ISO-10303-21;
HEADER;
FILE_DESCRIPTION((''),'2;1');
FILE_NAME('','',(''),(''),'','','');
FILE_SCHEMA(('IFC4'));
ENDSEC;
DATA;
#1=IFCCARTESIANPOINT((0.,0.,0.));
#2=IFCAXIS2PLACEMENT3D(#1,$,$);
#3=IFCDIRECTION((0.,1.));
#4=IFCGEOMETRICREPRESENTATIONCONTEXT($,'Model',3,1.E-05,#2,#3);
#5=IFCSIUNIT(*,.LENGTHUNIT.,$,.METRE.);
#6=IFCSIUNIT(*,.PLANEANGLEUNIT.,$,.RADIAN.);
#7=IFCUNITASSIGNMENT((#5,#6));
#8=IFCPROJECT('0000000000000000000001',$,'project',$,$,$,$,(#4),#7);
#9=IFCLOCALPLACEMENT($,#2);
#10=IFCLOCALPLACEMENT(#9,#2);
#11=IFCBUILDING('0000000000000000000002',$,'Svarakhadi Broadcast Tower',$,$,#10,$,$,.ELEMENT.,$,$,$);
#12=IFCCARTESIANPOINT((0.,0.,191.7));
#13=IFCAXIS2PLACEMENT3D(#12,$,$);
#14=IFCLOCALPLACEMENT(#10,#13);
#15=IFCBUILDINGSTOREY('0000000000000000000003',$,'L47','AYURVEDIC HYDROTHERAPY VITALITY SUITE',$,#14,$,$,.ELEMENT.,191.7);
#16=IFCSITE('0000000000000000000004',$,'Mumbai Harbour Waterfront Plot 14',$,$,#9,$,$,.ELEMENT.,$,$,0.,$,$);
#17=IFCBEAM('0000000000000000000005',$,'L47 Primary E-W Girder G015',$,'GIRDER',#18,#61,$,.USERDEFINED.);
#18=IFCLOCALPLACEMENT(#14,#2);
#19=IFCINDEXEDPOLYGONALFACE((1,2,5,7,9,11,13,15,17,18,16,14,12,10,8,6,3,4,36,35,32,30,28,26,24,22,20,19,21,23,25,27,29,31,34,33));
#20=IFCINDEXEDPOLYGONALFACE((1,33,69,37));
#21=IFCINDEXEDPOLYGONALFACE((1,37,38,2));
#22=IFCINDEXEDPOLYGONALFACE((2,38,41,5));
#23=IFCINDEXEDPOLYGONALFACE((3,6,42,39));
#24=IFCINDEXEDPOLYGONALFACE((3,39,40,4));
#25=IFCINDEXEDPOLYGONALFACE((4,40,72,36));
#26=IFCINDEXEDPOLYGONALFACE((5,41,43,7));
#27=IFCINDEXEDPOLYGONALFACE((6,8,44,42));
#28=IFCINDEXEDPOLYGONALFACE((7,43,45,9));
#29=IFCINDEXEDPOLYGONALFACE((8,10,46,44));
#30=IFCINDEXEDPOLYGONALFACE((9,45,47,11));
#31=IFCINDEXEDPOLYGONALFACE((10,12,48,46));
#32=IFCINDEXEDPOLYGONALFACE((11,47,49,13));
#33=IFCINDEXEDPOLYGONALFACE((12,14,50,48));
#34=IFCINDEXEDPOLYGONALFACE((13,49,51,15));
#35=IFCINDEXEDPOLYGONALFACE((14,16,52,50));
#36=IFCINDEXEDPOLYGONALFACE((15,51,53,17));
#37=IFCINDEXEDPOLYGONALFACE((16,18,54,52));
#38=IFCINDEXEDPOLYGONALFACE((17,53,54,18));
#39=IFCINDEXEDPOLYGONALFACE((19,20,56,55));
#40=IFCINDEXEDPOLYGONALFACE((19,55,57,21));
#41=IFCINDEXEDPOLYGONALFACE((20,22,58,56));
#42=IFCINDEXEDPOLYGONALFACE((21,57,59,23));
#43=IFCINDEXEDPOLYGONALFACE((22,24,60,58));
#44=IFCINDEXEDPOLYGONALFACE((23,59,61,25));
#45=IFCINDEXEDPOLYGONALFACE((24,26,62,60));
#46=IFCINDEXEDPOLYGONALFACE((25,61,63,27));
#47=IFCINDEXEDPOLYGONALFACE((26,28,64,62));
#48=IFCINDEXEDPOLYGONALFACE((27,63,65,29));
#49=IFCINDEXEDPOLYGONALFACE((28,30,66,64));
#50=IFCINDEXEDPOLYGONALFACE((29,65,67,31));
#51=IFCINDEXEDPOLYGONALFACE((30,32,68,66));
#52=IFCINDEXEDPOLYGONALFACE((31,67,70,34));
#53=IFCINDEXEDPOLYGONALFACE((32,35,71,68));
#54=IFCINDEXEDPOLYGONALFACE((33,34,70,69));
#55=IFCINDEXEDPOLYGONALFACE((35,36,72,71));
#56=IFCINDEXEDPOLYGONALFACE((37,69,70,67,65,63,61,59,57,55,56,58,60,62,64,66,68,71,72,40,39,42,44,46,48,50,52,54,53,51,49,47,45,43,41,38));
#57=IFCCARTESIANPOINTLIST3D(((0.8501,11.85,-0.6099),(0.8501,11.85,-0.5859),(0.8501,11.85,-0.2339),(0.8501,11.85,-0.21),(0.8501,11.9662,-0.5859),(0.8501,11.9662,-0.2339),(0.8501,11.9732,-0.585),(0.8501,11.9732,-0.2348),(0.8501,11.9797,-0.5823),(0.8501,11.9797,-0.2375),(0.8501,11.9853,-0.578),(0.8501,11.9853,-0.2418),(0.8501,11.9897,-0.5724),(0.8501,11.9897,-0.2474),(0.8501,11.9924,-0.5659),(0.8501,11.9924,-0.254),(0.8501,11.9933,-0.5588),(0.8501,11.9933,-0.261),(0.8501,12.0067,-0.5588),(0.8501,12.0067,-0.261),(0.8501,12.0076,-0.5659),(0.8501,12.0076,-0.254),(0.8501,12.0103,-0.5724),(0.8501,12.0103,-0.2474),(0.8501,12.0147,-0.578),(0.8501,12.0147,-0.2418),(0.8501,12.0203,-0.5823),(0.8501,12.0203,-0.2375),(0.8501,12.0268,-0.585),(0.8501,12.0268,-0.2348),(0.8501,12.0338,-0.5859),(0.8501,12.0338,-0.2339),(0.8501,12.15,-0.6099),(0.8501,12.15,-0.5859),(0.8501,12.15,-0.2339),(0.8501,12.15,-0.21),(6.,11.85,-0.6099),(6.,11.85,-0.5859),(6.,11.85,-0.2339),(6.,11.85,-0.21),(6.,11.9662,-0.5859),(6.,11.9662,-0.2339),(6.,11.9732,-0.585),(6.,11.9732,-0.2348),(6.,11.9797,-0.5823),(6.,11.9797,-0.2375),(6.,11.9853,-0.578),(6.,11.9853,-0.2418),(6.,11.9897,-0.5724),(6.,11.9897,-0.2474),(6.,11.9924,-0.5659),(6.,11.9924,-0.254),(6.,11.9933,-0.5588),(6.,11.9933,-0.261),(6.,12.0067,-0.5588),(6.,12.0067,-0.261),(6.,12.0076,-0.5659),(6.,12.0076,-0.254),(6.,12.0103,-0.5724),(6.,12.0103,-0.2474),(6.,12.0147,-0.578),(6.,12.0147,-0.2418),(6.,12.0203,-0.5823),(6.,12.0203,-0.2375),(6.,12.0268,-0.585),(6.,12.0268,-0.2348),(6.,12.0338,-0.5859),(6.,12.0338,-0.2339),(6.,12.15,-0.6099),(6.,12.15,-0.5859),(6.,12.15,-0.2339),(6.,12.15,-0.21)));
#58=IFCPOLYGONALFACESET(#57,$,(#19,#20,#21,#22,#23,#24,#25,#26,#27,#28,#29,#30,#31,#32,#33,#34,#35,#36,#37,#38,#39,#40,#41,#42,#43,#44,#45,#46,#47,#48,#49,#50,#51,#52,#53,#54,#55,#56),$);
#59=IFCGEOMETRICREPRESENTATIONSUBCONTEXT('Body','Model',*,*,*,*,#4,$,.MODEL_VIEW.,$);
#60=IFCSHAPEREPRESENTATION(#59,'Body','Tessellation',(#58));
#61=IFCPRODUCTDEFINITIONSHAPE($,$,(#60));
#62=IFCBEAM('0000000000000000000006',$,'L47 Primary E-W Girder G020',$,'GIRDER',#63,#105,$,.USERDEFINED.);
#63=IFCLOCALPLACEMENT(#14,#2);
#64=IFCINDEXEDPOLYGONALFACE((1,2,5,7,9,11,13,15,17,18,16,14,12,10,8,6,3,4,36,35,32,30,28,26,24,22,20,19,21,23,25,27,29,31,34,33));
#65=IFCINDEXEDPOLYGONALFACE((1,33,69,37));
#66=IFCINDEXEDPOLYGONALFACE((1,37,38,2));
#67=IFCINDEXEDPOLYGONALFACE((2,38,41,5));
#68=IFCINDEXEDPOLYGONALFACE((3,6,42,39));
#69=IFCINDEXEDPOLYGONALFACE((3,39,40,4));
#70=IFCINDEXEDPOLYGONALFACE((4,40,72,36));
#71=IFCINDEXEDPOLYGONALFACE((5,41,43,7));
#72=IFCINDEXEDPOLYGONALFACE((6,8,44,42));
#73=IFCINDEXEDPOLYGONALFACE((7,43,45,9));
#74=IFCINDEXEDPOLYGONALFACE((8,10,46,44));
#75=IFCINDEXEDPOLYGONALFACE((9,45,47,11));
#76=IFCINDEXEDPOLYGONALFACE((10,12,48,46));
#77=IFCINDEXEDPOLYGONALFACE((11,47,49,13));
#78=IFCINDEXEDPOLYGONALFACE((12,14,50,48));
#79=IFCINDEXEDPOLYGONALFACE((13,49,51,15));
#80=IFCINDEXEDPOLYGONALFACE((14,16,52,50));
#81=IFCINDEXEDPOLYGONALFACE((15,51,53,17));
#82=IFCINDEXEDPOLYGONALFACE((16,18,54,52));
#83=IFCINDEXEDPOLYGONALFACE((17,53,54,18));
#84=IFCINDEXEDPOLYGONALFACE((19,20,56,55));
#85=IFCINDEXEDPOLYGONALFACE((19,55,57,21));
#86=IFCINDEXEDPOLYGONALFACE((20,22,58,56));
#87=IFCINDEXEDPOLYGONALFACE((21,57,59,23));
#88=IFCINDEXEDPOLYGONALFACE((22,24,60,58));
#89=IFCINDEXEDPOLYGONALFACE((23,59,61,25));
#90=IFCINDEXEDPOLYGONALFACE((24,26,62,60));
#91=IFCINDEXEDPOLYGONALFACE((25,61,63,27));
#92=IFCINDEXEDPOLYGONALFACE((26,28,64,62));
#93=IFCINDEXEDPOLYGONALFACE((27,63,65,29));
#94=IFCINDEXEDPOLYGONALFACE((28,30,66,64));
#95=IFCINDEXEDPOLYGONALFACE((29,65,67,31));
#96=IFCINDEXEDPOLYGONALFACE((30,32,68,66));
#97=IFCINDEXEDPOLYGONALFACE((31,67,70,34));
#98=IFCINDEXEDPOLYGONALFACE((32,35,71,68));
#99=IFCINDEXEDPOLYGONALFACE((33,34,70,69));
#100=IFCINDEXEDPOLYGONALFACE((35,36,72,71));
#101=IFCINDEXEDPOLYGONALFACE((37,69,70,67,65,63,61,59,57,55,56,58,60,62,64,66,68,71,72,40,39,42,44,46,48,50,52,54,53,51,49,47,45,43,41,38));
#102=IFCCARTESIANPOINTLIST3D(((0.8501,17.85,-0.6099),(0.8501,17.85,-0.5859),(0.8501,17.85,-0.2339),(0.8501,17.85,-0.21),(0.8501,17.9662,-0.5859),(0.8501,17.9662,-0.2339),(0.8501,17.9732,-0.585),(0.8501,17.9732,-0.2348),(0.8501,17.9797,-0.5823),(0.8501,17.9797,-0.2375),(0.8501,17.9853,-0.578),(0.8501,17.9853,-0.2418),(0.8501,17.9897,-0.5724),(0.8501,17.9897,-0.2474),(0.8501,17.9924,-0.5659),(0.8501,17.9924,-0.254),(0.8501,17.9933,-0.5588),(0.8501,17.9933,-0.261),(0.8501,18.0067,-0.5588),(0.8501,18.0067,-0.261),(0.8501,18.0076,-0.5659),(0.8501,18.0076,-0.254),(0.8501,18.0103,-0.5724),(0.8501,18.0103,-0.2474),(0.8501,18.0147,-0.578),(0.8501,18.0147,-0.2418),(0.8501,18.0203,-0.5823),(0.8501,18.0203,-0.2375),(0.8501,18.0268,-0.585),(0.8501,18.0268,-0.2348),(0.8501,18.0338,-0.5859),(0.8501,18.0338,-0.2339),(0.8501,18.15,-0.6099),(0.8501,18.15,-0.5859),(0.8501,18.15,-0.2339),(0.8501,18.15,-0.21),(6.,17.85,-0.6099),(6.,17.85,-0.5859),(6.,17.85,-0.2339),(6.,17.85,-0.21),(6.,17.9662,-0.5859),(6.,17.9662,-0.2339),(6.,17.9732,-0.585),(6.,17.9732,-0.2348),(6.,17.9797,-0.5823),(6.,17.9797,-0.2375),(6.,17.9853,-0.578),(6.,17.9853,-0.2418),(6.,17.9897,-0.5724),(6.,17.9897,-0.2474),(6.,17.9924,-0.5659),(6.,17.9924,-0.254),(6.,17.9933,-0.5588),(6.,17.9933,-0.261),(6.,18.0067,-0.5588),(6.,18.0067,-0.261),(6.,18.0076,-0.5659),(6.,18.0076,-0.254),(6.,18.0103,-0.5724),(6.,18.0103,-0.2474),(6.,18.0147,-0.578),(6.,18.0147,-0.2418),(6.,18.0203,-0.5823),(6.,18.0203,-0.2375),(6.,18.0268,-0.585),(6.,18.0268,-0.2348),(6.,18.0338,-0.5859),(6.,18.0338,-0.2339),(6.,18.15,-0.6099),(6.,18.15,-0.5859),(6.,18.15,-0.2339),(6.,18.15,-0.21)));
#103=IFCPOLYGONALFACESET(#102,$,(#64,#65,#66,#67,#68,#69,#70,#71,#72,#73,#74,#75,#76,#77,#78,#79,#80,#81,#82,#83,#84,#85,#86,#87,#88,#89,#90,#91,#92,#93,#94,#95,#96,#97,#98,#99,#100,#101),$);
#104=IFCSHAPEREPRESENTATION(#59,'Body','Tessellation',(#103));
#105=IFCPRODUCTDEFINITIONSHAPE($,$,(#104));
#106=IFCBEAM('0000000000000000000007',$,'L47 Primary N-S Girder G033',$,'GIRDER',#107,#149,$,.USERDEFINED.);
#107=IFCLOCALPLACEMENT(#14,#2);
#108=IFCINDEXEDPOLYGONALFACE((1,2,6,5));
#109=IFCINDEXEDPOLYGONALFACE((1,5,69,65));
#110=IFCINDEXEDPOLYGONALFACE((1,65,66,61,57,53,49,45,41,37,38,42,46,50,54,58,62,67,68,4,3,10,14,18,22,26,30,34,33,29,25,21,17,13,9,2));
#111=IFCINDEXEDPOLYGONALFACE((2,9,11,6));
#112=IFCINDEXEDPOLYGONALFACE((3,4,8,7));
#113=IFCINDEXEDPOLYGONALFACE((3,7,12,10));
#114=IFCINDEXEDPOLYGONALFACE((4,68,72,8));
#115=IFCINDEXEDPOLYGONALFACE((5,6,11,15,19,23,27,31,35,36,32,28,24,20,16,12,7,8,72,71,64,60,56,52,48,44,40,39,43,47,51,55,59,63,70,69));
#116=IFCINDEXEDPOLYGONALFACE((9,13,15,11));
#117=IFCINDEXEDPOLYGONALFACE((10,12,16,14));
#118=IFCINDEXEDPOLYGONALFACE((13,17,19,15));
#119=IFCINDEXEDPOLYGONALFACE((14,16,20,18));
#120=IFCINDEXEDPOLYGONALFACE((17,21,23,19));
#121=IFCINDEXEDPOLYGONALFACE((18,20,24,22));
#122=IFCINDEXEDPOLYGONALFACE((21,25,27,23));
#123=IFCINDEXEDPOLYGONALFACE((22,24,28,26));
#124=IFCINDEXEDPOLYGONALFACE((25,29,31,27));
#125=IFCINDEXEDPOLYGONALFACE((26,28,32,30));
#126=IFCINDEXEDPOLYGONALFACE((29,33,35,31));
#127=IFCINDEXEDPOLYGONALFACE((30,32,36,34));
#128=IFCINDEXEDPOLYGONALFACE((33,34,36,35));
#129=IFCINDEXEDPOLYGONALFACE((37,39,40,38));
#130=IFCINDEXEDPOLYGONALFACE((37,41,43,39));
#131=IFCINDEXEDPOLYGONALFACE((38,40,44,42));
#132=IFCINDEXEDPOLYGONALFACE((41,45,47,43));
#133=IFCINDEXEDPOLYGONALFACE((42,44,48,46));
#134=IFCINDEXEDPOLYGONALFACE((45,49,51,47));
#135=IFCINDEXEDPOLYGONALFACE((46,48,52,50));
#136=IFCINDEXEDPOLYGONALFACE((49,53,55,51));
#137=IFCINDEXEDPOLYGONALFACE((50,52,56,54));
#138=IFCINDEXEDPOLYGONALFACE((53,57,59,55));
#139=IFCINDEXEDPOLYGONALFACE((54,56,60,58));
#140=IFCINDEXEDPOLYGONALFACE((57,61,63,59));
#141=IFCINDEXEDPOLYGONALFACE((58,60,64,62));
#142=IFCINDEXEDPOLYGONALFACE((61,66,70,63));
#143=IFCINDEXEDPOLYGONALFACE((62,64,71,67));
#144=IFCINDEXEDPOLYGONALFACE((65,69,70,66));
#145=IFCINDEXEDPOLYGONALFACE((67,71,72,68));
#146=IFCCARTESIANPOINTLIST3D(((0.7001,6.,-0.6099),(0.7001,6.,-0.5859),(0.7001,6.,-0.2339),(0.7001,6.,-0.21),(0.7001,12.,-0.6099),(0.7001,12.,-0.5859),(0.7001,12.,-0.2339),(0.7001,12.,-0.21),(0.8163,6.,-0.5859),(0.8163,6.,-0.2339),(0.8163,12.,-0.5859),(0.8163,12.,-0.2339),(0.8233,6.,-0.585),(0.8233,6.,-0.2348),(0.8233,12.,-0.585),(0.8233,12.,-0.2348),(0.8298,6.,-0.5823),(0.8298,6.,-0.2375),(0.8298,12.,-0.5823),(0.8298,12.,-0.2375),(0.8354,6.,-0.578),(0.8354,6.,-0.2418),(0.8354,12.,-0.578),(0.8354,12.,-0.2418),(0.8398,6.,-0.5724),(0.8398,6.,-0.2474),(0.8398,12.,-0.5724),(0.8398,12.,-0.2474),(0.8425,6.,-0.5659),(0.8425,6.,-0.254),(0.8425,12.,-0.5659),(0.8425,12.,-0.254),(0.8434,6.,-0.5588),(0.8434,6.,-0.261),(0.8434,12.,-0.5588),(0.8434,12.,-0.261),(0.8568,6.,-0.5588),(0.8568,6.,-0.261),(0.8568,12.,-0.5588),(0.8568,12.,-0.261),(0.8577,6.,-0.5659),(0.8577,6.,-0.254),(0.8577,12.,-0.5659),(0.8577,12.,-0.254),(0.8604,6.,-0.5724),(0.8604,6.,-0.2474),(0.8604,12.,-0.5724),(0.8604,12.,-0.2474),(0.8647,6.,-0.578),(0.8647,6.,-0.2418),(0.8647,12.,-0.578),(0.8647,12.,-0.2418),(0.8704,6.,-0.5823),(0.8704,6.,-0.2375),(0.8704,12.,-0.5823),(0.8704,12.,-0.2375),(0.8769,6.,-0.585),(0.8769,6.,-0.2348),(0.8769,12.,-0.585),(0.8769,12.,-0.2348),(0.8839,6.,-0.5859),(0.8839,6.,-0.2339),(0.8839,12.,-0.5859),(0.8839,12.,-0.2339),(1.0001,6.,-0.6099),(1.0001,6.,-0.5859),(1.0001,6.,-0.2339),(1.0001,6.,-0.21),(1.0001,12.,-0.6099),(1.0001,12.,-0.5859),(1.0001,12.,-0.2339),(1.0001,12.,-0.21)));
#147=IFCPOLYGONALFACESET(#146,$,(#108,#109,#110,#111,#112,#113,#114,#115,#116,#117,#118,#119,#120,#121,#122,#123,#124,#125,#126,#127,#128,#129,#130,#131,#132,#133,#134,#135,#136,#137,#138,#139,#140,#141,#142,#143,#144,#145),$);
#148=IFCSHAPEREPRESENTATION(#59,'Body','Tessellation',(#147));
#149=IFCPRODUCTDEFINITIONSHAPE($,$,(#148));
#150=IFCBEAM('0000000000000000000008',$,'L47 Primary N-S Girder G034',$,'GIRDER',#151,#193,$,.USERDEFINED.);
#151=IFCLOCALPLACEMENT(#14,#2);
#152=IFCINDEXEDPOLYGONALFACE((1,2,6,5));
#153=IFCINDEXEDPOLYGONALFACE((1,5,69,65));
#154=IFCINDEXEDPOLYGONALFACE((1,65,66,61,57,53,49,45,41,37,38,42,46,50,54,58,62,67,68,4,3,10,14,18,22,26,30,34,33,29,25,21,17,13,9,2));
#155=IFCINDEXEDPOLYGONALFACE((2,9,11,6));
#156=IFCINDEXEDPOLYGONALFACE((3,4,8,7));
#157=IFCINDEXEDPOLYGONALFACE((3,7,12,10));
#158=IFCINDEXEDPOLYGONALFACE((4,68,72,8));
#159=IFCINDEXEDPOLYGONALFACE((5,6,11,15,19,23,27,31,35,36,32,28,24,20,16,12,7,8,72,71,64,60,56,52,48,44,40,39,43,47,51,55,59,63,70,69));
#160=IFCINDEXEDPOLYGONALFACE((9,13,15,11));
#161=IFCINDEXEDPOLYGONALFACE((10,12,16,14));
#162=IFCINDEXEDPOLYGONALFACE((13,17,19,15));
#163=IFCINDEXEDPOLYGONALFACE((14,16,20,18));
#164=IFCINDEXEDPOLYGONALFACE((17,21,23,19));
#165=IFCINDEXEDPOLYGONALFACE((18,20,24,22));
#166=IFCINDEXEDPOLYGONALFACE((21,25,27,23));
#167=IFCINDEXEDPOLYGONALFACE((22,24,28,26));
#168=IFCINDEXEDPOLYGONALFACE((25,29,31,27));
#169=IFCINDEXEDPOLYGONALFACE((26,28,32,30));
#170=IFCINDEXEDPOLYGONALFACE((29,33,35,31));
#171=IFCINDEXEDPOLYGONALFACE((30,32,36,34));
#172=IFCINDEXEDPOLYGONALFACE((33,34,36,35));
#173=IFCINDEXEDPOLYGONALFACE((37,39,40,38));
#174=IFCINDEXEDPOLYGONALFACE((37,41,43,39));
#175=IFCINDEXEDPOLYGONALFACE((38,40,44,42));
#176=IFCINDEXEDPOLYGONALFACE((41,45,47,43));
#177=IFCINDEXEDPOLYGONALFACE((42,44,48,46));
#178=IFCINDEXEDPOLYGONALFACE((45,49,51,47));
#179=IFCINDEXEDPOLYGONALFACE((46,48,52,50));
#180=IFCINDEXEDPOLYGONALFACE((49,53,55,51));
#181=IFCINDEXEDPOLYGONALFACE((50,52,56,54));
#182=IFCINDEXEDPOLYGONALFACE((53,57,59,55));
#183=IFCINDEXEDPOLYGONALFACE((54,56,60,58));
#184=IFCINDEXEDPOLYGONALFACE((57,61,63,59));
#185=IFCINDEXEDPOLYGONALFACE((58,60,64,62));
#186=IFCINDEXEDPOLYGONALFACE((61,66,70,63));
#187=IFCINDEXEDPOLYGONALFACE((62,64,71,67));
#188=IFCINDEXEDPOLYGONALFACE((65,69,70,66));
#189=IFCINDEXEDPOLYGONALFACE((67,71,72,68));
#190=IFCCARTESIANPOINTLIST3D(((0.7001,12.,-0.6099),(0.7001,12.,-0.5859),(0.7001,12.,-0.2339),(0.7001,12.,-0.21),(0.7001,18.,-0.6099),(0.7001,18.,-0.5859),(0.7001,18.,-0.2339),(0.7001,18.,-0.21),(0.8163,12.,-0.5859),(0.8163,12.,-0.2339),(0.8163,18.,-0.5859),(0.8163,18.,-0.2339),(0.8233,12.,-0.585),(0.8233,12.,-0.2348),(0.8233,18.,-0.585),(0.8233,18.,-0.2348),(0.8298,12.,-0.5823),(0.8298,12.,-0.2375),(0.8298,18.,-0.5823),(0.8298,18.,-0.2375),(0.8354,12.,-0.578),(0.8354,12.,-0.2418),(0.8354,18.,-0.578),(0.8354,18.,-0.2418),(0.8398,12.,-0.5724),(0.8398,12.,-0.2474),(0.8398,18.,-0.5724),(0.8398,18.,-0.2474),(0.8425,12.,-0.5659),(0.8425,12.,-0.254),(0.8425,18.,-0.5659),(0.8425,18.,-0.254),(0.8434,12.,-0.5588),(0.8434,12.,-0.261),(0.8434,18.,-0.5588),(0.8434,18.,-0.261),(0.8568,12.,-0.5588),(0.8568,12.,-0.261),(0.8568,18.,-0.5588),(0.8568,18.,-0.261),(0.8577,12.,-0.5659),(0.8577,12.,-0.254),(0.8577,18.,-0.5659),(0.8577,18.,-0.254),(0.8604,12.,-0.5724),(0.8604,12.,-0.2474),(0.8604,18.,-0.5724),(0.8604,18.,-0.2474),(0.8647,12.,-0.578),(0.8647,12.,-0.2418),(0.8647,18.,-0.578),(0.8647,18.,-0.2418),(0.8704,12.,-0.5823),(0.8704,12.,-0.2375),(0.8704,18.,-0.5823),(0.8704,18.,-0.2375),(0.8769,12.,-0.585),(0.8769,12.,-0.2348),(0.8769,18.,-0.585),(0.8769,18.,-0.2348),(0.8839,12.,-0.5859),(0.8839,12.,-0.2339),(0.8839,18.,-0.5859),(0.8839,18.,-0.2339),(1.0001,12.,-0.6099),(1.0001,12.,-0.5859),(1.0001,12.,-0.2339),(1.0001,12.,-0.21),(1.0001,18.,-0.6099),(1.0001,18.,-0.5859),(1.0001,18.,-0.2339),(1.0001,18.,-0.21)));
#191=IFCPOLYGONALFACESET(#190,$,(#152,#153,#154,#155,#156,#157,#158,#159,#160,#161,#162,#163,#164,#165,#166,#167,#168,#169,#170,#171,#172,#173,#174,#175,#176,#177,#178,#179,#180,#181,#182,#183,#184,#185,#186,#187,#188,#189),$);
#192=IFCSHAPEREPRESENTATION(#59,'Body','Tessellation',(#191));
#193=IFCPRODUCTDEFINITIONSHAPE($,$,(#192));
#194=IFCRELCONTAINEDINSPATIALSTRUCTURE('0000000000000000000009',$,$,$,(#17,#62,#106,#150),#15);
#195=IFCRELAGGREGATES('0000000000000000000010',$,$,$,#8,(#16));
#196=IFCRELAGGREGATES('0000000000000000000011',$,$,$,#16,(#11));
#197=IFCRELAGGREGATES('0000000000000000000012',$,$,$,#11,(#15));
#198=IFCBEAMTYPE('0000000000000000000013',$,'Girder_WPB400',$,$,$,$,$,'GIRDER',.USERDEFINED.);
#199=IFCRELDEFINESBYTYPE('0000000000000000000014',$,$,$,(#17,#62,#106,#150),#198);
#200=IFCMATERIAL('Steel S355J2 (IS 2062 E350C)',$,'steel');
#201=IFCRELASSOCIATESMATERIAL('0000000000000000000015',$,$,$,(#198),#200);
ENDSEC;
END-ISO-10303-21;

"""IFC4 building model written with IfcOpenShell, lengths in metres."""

from ifc_helpers import new_model, si_unit, direction, frame, origin, origin_2d, place, context, subcontext, project, spatial, i_section, extrude, material, material_profile, profile_set, type_object, element, save


model = new_model("IFC4")

# Units and contexts
model_context = context("Model", 3, precision=1e-05, world=origin(), true_north=direction((0.0, 1.0)))
body_context = subcontext(model_context, "Body", "Model", "MODEL_VIEW")
ifc_project = project(units=[si_unit("LENGTHUNIT", "METRE"), si_unit("PLANEANGLEUNIT", "RADIAN")], contexts=[model_context])

# Site, building, storey
site_placement = place(None, origin())
site = spatial("IfcSite", under=ifc_project, at=site_placement, Name="Mumbai Harbour Waterfront Plot 14", CompositionType="ELEMENT", RefElevation=0.0)
building_placement = place(site_placement, origin())
building = spatial("IfcBuilding", under=site, at=building_placement, Name="Svarakhadi Broadcast Tower", CompositionType="ELEMENT")
storey_placement = place(building_placement, frame((0.0, 0.0, 191.7)))
storey = spatial("IfcBuildingStorey", under=building, at=storey_placement, Name="L47", Description="AYURVEDIC HYDROTHERAPY VITALITY SUITE", CompositionType="ELEMENT", Elevation=191.7)

# Shared definitions
ifc_material_1 = material(Name="Steel S355J2 (IS 2062 E350C)", Category="steel")

# Beams
ifc_material_profile_1 = material_profile(ifc_material_1, i_section(OverallWidth=0.3, OverallDepth=0.3999, WebThickness=0.0134, FlangeThickness=0.0239, FilletRadius=0.0271, at=origin_2d()), Name="WPB 400x300x155")
ifc_profile_set_1 = profile_set([ifc_material_profile_1], Name="Steel S355J2 (IS 2062 E350C)")
beam_type_1 = type_object("IfcBeamType", Name="Girder_WPB400", ElementType="GIRDER", PredefinedType="USERDEFINED", material=ifc_profile_set_1)
for number, where, z_axis, x_axis, name in (
    (1, (0.8501, 12.0, -0.4099), (1.0, 0.0, 0.0), (0.0, 1.0, 0.0), "L47 Primary E-W Girder G015"),
    (2, (0.8501, 18.0, -0.4099), (1.0, 0.0, 0.0), (0.0, 1.0, 0.0), "L47 Primary E-W Girder G020"),
):
    element("IfcBeam", number, at=place(storey_placement, frame(where, z_axis=z_axis, x_axis=x_axis)), inside=storey, type_object=beam_type_1, Name=name, ObjectType="GIRDER", PredefinedType="USERDEFINED", context=body_context, shape_type="SweptSolid", body=[
        extrude(i_section(OverallWidth=0.3, OverallDepth=0.3999, WebThickness=0.0134, FlangeThickness=0.0239, FilletRadius=0.0271, at=origin_2d()), origin(), (0.0, 0.0, 1.0), 5.1499),
    ])
for number, where, z_axis, x_axis, name in (
    (3, (0.8501, 6.0, -0.4099), (0.0, 1.0, 0.0), (-1.0, 0.0, 0.0), "L47 Primary N-S Girder G033"),
    (4, (0.8501, 12.0, -0.4099), (0.0, 1.0, 0.0), (-1.0, 0.0, 0.0), "L47 Primary N-S Girder G034"),
):
    element("IfcBeam", number, at=place(storey_placement, frame(where, z_axis=z_axis, x_axis=x_axis)), inside=storey, type_object=beam_type_1, Name=name, ObjectType="GIRDER", PredefinedType="USERDEFINED", context=body_context, shape_type="SweptSolid", body=[
        extrude(i_section(OverallWidth=0.3, OverallDepth=0.3999, WebThickness=0.0134, FlangeThickness=0.0239, FilletRadius=0.0271, at=origin_2d()), origin(), (0.0, 0.0, 1.0), 6.0),
    ])

save(model, "model.ifc")
